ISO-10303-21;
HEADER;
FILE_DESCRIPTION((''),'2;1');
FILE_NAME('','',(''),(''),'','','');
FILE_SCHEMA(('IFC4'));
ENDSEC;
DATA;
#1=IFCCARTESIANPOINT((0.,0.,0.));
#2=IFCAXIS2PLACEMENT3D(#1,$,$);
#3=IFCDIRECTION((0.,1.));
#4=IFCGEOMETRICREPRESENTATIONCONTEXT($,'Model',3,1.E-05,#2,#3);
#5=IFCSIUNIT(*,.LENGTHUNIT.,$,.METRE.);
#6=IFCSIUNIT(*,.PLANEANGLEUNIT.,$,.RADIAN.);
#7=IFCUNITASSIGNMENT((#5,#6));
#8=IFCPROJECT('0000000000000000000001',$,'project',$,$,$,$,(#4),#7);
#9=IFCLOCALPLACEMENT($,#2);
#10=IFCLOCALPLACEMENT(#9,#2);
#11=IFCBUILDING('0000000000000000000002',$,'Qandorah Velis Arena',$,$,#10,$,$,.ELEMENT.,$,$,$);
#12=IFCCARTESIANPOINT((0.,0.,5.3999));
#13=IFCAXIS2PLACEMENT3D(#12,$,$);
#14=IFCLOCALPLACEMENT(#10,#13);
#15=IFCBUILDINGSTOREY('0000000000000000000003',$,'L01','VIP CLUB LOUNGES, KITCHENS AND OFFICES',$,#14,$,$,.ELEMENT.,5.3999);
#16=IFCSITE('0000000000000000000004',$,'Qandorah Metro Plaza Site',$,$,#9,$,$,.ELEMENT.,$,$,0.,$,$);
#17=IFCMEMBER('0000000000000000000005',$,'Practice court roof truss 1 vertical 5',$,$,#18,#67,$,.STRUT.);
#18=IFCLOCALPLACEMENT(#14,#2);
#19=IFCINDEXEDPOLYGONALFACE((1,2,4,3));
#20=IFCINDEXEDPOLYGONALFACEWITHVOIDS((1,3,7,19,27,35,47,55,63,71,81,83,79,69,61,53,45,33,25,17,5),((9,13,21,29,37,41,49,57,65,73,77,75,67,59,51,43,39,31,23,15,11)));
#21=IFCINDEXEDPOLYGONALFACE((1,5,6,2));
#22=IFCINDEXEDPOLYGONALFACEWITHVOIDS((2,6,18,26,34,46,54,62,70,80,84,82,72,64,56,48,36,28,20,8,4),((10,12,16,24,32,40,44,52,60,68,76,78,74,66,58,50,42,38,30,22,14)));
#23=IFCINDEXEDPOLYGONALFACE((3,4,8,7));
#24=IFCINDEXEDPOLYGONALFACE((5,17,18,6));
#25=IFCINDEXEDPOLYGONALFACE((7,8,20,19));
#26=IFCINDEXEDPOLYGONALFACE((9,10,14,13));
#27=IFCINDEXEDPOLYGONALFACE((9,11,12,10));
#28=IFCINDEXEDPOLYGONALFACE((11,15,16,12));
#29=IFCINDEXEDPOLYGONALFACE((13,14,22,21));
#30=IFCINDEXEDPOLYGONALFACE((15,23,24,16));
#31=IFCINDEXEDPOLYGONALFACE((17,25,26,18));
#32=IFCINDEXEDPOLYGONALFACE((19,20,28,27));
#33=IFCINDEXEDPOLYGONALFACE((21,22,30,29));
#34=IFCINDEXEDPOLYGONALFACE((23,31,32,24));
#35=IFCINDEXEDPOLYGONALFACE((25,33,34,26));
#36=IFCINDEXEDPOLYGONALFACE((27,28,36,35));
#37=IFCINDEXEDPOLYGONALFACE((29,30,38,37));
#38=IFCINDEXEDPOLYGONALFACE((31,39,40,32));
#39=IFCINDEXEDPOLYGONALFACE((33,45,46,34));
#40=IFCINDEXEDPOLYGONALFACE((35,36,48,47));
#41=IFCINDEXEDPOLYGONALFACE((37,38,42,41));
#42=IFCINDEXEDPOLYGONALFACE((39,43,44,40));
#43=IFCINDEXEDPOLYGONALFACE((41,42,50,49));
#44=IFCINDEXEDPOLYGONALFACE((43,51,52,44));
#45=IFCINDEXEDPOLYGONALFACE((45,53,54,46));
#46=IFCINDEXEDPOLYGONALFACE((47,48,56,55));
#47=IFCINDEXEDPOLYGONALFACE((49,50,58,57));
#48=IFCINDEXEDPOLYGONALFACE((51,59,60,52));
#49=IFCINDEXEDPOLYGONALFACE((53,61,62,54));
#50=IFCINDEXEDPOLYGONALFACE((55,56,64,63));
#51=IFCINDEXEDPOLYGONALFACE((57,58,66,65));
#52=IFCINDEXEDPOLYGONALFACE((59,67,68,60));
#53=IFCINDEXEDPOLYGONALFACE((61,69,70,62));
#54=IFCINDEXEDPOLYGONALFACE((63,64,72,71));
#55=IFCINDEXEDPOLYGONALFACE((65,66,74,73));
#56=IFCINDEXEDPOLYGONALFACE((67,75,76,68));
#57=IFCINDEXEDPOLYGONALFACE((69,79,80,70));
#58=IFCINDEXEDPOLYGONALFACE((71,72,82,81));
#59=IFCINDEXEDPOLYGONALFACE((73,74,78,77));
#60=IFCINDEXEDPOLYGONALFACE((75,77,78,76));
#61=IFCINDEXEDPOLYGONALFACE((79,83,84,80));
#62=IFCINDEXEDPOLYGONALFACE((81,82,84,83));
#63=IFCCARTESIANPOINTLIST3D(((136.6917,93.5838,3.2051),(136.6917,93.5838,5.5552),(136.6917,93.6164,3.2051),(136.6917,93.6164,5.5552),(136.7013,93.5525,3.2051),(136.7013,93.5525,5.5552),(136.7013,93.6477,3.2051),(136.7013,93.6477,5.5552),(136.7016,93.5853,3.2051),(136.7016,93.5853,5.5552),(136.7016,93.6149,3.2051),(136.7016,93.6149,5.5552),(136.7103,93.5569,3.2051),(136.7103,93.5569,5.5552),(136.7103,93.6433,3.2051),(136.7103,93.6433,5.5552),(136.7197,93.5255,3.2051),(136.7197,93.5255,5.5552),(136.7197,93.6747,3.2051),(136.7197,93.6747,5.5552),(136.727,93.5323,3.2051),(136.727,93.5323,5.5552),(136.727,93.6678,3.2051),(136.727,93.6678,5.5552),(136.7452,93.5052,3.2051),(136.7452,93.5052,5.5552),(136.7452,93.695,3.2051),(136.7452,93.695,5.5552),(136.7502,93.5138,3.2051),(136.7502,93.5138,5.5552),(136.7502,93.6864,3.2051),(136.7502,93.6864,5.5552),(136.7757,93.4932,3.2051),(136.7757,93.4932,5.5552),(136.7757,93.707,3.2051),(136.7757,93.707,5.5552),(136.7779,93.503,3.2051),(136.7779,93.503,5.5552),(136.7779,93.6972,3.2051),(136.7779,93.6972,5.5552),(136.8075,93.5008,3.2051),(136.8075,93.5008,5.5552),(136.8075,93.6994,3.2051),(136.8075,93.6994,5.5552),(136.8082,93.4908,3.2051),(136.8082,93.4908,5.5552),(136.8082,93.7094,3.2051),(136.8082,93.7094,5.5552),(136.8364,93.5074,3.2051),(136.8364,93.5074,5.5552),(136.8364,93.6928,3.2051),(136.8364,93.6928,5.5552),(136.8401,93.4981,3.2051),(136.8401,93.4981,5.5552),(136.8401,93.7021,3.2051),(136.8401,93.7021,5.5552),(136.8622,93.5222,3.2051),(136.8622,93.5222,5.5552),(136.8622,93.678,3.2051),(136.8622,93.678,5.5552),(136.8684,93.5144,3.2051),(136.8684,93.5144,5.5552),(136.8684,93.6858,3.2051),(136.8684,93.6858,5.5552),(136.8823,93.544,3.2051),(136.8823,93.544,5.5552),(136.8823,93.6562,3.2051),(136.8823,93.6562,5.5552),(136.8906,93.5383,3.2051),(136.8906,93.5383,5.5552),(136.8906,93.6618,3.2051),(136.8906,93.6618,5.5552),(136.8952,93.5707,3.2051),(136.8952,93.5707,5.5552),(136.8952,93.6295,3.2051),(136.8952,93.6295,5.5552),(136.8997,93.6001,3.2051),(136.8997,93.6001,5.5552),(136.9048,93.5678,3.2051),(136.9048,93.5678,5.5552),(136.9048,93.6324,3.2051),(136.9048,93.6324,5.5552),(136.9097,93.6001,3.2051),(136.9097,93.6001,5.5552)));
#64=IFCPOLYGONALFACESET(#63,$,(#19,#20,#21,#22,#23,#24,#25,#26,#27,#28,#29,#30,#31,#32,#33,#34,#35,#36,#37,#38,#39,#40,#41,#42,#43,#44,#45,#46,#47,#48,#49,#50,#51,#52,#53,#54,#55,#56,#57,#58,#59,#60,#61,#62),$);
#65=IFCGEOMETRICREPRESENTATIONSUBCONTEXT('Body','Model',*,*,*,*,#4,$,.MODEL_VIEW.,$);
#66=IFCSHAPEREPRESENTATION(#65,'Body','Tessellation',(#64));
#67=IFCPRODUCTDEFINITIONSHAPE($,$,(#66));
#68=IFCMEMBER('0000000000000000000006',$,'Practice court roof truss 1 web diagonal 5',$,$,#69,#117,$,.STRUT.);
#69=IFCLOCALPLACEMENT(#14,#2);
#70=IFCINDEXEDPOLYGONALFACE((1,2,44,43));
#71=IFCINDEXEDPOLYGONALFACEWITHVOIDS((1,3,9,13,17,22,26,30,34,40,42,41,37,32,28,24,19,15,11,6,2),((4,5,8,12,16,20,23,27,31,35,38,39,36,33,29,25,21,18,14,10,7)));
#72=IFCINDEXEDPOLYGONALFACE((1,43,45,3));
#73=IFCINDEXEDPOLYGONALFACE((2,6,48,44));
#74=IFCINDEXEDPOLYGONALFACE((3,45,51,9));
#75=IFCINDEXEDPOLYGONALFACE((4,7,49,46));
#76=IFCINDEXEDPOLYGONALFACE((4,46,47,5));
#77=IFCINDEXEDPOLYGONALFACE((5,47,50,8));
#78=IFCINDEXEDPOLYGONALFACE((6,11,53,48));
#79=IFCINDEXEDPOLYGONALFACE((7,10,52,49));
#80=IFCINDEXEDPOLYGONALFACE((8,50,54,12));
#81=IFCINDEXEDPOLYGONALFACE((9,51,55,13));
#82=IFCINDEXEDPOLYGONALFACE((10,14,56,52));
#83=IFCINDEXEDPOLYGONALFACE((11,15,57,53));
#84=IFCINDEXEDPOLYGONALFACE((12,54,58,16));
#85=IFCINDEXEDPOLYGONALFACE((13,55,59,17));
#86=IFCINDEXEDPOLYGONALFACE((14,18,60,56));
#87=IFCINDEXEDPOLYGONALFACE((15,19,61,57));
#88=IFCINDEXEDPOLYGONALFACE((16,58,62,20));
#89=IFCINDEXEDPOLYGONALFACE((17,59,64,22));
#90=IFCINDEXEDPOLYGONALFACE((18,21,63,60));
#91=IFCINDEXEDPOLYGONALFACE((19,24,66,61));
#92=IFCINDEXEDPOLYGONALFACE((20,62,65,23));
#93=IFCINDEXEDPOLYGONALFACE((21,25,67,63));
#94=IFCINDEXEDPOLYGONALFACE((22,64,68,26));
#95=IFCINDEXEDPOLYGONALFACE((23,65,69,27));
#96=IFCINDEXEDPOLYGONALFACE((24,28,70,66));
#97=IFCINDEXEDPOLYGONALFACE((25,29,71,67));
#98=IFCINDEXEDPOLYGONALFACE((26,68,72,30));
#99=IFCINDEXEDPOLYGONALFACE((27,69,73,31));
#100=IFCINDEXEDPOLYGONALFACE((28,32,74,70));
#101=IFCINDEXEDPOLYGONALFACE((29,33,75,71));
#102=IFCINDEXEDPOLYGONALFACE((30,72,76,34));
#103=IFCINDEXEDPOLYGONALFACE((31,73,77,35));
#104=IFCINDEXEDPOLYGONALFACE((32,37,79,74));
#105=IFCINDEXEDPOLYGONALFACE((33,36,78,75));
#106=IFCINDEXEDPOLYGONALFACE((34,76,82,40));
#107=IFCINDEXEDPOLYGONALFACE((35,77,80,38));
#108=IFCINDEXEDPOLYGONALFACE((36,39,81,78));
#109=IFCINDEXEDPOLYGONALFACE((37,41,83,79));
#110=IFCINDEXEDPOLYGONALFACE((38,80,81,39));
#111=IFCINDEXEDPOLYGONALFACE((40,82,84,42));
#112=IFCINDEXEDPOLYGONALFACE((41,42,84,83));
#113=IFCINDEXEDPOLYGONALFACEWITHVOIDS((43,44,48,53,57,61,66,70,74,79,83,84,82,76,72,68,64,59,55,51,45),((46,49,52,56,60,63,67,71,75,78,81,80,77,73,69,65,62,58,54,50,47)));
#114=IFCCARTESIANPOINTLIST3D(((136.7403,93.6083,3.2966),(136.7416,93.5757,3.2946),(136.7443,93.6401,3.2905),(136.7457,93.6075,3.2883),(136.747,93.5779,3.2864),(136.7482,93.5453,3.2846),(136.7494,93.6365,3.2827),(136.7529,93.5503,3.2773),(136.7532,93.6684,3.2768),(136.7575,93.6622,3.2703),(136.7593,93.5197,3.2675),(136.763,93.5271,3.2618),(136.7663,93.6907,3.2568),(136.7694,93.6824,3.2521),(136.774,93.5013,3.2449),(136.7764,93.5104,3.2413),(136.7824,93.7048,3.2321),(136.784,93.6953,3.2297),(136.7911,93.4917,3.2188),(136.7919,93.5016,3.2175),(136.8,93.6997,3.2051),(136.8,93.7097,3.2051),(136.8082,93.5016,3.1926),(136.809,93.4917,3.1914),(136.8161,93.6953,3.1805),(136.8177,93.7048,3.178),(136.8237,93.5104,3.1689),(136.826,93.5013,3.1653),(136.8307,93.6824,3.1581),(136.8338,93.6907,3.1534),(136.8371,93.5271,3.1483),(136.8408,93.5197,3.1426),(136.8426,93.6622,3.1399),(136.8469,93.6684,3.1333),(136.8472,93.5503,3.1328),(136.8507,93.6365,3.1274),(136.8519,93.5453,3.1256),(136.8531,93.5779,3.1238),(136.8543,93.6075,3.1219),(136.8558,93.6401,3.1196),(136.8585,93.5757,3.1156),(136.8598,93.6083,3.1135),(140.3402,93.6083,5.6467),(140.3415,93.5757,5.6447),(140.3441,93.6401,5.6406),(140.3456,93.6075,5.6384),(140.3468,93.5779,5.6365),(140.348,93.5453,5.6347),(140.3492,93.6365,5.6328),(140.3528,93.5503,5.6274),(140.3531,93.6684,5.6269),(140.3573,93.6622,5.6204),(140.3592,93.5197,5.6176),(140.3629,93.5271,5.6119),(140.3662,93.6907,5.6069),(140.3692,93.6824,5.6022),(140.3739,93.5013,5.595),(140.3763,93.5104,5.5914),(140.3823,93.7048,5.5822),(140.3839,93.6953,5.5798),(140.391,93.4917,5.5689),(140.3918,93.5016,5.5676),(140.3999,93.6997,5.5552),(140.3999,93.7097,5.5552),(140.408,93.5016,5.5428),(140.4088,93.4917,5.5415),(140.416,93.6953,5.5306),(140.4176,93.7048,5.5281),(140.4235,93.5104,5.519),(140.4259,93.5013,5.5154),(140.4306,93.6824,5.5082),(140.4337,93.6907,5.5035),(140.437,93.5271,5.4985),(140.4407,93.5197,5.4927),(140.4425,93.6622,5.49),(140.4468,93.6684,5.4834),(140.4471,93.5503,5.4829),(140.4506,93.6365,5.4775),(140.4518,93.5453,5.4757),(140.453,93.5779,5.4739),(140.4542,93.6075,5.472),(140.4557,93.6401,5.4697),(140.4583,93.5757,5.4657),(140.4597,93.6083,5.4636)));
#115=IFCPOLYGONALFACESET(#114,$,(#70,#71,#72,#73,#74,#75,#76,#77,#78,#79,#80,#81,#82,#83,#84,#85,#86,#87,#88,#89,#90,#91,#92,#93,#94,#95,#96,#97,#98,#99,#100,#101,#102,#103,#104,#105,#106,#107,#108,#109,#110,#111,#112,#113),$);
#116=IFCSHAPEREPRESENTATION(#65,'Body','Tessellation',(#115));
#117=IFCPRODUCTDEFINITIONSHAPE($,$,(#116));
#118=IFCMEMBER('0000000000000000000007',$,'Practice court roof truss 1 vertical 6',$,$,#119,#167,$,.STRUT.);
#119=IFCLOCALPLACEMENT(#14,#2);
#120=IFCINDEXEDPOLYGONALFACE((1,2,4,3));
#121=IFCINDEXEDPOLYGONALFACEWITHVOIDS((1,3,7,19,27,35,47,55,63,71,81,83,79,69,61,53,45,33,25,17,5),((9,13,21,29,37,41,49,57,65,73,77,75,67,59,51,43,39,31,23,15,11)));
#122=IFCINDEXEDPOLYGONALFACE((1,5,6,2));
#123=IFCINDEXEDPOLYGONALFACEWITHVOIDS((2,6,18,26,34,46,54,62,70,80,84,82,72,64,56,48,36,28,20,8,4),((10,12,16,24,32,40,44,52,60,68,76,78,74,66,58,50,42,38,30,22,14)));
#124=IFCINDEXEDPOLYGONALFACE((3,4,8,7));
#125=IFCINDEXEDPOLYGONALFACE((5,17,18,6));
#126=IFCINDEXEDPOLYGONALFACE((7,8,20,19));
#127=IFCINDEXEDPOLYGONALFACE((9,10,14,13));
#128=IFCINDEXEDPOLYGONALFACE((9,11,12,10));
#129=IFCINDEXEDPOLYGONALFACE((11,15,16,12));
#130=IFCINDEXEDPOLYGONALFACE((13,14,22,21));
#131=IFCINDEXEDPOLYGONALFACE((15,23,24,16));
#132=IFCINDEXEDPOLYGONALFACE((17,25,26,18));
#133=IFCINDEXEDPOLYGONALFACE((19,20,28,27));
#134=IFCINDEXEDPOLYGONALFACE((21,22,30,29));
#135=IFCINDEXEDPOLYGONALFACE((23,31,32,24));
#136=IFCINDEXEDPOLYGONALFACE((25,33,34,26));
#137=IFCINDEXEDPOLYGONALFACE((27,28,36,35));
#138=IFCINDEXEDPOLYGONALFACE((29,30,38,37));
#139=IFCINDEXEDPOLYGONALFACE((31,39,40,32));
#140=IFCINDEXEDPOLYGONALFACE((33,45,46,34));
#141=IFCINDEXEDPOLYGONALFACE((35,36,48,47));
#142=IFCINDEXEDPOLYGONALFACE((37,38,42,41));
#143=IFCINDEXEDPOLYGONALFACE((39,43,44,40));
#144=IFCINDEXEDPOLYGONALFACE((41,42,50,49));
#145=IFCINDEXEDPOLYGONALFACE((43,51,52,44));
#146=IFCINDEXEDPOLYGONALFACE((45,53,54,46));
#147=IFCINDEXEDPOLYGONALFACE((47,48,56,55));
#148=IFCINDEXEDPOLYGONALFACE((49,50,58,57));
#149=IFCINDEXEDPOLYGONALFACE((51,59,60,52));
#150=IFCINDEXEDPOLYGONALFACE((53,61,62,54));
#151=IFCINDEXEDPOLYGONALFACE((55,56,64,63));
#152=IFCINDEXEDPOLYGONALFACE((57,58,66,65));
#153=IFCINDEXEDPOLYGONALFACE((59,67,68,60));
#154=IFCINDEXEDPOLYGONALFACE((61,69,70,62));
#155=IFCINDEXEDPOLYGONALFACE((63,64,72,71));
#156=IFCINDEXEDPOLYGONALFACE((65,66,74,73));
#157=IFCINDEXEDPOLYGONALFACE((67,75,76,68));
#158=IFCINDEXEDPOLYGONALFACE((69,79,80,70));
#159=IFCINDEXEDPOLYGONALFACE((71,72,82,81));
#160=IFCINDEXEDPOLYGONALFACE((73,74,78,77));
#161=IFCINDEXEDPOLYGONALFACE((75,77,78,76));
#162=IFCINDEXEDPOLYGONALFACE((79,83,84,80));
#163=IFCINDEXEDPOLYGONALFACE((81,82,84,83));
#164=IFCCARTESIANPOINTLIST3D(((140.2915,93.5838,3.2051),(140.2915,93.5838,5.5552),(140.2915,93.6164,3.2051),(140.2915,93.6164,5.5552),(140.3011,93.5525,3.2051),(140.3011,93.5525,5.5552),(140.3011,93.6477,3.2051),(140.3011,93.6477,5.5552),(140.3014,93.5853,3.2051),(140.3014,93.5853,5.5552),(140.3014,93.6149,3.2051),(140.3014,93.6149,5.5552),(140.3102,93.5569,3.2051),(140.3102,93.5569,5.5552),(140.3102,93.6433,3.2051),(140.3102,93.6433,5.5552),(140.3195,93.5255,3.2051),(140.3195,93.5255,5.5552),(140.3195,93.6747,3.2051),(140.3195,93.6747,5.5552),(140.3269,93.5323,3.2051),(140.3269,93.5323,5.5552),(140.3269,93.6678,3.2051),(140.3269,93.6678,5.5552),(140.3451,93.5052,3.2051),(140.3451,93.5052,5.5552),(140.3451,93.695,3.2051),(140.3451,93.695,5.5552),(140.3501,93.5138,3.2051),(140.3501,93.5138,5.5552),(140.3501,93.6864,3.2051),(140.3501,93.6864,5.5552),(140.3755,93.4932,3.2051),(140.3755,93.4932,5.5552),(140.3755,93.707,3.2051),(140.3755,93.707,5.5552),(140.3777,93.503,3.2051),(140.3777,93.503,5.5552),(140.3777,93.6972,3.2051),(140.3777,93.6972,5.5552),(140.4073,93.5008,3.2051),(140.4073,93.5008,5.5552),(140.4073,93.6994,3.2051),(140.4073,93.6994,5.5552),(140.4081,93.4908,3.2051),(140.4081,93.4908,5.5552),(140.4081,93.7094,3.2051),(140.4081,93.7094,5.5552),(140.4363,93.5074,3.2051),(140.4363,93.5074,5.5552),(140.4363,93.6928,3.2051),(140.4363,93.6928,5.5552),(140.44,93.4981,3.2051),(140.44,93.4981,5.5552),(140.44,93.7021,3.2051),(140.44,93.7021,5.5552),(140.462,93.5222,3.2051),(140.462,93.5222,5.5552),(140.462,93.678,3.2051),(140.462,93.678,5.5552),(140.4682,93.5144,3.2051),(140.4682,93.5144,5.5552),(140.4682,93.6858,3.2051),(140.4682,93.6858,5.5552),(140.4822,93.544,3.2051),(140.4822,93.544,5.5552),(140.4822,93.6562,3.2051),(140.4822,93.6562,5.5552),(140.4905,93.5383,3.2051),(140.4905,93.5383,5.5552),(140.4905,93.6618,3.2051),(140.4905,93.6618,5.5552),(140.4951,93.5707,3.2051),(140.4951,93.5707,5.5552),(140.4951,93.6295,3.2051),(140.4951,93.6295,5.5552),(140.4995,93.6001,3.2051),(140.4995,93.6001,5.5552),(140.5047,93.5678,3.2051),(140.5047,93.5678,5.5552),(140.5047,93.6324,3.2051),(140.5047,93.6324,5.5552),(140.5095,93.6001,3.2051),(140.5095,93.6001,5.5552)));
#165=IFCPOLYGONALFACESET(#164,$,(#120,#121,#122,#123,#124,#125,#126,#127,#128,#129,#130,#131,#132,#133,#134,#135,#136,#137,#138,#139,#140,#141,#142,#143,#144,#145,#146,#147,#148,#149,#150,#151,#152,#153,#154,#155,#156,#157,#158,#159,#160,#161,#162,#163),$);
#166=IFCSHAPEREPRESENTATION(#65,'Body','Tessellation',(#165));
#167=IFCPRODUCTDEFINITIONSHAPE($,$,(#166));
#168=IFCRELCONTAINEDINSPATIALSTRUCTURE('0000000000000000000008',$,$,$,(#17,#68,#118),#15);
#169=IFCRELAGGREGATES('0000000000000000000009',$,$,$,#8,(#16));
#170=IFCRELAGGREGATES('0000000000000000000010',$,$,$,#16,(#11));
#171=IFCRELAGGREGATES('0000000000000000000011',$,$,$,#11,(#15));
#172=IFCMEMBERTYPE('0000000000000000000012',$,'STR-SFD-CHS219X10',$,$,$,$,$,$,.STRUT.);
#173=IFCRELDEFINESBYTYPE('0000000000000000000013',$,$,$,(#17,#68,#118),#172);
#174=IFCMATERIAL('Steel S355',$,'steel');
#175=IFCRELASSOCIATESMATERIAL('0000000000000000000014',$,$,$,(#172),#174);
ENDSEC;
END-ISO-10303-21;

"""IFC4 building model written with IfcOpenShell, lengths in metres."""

from ifc_helpers import new_model, si_unit, direction, frame, origin, origin_2d, place, context, subcontext, project, spatial, hollow_circle, extrude, material, material_profile, profile_set, type_object, element, save


model = new_model("IFC4")

# Units and contexts
model_context = context("Model", 3, precision=1e-05, world=origin(), true_north=direction((0.0, 1.0)))
body_context = subcontext(model_context, "Body", "Model", "MODEL_VIEW")
ifc_project = project(units=[si_unit("LENGTHUNIT", "METRE"), si_unit("PLANEANGLEUNIT", "RADIAN")], contexts=[model_context])

# Site, building, storey
site_placement = place(None, origin())
site = spatial("IfcSite", under=ifc_project, at=site_placement, Name="Qandorah Metro Plaza Site", CompositionType="ELEMENT", RefElevation=0.0)
building_placement = place(site_placement, origin())
building = spatial("IfcBuilding", under=site, at=building_placement, Name="Qandorah Velis Arena", CompositionType="ELEMENT")
storey_placement = place(building_placement, frame((0.0, 0.0, 5.3999)))
storey = spatial("IfcBuildingStorey", under=building, at=storey_placement, Name="L01", Description="VIP CLUB LOUNGES, KITCHENS AND OFFICES", CompositionType="ELEMENT", Elevation=5.3999)

# Shared definitions
ifc_material_1 = material(Name="Steel S355", Category="steel")

# Members
ifc_material_profile_1 = material_profile(ifc_material_1, hollow_circle(Radius=0.1096, WallThickness=0.01, at=origin_2d()), Name="CHS 219.1x10")
ifc_profile_set_1 = profile_set([ifc_material_profile_1], Name="Steel S355")
member_type = type_object("IfcMemberType", Name="STR-SFD-CHS219X10", PredefinedType="STRUT", material=ifc_profile_set_1)
member_1_placement = place(storey_placement, frame((136.8, 93.6001, 3.2051), z_axis=(0.0, 0.0, 1.0), x_axis=(1.0, 0.0, 0.0)))
element("IfcMember", 1, at=member_1_placement, inside=storey, type_object=member_type, Name="Practice court roof truss 1 vertical 5", PredefinedType="STRUT", context=body_context, shape_type="SweptSolid", body=[
    extrude(hollow_circle(Radius=0.1096, WallThickness=0.01, at=origin_2d()), origin(), (0.0, 0.0, 1.0), 2.3501),
])
member_2_placement = place(storey_placement, frame((136.8, 93.6001, 3.2051), z_axis=(0.837359, 0.0, 0.546654), x_axis=(0.0, 1.0, 0.0)))
element("IfcMember", 2, at=member_2_placement, inside=storey, type_object=member_type, Name="Practice court roof truss 1 web diagonal 5", PredefinedType="STRUT", context=body_context, shape_type="SweptSolid", body=[
    extrude(hollow_circle(Radius=0.1096, WallThickness=0.01, at=origin_2d()), origin(), (0.0, 0.0, 1.0), 4.2991),
])
member_3_placement = place(storey_placement, frame((140.3999, 93.6001, 3.2051), z_axis=(0.0, 0.0, 1.0), x_axis=(1.0, 0.0, 0.0)))
element("IfcMember", 3, at=member_3_placement, inside=storey, type_object=member_type, Name="Practice court roof truss 1 vertical 6", PredefinedType="STRUT", context=body_context, shape_type="SweptSolid", body=[
    extrude(hollow_circle(Radius=0.1096, WallThickness=0.01, at=origin_2d()), origin(), (0.0, 0.0, 1.0), 2.3501),
])

save(model, "model.ifc")
